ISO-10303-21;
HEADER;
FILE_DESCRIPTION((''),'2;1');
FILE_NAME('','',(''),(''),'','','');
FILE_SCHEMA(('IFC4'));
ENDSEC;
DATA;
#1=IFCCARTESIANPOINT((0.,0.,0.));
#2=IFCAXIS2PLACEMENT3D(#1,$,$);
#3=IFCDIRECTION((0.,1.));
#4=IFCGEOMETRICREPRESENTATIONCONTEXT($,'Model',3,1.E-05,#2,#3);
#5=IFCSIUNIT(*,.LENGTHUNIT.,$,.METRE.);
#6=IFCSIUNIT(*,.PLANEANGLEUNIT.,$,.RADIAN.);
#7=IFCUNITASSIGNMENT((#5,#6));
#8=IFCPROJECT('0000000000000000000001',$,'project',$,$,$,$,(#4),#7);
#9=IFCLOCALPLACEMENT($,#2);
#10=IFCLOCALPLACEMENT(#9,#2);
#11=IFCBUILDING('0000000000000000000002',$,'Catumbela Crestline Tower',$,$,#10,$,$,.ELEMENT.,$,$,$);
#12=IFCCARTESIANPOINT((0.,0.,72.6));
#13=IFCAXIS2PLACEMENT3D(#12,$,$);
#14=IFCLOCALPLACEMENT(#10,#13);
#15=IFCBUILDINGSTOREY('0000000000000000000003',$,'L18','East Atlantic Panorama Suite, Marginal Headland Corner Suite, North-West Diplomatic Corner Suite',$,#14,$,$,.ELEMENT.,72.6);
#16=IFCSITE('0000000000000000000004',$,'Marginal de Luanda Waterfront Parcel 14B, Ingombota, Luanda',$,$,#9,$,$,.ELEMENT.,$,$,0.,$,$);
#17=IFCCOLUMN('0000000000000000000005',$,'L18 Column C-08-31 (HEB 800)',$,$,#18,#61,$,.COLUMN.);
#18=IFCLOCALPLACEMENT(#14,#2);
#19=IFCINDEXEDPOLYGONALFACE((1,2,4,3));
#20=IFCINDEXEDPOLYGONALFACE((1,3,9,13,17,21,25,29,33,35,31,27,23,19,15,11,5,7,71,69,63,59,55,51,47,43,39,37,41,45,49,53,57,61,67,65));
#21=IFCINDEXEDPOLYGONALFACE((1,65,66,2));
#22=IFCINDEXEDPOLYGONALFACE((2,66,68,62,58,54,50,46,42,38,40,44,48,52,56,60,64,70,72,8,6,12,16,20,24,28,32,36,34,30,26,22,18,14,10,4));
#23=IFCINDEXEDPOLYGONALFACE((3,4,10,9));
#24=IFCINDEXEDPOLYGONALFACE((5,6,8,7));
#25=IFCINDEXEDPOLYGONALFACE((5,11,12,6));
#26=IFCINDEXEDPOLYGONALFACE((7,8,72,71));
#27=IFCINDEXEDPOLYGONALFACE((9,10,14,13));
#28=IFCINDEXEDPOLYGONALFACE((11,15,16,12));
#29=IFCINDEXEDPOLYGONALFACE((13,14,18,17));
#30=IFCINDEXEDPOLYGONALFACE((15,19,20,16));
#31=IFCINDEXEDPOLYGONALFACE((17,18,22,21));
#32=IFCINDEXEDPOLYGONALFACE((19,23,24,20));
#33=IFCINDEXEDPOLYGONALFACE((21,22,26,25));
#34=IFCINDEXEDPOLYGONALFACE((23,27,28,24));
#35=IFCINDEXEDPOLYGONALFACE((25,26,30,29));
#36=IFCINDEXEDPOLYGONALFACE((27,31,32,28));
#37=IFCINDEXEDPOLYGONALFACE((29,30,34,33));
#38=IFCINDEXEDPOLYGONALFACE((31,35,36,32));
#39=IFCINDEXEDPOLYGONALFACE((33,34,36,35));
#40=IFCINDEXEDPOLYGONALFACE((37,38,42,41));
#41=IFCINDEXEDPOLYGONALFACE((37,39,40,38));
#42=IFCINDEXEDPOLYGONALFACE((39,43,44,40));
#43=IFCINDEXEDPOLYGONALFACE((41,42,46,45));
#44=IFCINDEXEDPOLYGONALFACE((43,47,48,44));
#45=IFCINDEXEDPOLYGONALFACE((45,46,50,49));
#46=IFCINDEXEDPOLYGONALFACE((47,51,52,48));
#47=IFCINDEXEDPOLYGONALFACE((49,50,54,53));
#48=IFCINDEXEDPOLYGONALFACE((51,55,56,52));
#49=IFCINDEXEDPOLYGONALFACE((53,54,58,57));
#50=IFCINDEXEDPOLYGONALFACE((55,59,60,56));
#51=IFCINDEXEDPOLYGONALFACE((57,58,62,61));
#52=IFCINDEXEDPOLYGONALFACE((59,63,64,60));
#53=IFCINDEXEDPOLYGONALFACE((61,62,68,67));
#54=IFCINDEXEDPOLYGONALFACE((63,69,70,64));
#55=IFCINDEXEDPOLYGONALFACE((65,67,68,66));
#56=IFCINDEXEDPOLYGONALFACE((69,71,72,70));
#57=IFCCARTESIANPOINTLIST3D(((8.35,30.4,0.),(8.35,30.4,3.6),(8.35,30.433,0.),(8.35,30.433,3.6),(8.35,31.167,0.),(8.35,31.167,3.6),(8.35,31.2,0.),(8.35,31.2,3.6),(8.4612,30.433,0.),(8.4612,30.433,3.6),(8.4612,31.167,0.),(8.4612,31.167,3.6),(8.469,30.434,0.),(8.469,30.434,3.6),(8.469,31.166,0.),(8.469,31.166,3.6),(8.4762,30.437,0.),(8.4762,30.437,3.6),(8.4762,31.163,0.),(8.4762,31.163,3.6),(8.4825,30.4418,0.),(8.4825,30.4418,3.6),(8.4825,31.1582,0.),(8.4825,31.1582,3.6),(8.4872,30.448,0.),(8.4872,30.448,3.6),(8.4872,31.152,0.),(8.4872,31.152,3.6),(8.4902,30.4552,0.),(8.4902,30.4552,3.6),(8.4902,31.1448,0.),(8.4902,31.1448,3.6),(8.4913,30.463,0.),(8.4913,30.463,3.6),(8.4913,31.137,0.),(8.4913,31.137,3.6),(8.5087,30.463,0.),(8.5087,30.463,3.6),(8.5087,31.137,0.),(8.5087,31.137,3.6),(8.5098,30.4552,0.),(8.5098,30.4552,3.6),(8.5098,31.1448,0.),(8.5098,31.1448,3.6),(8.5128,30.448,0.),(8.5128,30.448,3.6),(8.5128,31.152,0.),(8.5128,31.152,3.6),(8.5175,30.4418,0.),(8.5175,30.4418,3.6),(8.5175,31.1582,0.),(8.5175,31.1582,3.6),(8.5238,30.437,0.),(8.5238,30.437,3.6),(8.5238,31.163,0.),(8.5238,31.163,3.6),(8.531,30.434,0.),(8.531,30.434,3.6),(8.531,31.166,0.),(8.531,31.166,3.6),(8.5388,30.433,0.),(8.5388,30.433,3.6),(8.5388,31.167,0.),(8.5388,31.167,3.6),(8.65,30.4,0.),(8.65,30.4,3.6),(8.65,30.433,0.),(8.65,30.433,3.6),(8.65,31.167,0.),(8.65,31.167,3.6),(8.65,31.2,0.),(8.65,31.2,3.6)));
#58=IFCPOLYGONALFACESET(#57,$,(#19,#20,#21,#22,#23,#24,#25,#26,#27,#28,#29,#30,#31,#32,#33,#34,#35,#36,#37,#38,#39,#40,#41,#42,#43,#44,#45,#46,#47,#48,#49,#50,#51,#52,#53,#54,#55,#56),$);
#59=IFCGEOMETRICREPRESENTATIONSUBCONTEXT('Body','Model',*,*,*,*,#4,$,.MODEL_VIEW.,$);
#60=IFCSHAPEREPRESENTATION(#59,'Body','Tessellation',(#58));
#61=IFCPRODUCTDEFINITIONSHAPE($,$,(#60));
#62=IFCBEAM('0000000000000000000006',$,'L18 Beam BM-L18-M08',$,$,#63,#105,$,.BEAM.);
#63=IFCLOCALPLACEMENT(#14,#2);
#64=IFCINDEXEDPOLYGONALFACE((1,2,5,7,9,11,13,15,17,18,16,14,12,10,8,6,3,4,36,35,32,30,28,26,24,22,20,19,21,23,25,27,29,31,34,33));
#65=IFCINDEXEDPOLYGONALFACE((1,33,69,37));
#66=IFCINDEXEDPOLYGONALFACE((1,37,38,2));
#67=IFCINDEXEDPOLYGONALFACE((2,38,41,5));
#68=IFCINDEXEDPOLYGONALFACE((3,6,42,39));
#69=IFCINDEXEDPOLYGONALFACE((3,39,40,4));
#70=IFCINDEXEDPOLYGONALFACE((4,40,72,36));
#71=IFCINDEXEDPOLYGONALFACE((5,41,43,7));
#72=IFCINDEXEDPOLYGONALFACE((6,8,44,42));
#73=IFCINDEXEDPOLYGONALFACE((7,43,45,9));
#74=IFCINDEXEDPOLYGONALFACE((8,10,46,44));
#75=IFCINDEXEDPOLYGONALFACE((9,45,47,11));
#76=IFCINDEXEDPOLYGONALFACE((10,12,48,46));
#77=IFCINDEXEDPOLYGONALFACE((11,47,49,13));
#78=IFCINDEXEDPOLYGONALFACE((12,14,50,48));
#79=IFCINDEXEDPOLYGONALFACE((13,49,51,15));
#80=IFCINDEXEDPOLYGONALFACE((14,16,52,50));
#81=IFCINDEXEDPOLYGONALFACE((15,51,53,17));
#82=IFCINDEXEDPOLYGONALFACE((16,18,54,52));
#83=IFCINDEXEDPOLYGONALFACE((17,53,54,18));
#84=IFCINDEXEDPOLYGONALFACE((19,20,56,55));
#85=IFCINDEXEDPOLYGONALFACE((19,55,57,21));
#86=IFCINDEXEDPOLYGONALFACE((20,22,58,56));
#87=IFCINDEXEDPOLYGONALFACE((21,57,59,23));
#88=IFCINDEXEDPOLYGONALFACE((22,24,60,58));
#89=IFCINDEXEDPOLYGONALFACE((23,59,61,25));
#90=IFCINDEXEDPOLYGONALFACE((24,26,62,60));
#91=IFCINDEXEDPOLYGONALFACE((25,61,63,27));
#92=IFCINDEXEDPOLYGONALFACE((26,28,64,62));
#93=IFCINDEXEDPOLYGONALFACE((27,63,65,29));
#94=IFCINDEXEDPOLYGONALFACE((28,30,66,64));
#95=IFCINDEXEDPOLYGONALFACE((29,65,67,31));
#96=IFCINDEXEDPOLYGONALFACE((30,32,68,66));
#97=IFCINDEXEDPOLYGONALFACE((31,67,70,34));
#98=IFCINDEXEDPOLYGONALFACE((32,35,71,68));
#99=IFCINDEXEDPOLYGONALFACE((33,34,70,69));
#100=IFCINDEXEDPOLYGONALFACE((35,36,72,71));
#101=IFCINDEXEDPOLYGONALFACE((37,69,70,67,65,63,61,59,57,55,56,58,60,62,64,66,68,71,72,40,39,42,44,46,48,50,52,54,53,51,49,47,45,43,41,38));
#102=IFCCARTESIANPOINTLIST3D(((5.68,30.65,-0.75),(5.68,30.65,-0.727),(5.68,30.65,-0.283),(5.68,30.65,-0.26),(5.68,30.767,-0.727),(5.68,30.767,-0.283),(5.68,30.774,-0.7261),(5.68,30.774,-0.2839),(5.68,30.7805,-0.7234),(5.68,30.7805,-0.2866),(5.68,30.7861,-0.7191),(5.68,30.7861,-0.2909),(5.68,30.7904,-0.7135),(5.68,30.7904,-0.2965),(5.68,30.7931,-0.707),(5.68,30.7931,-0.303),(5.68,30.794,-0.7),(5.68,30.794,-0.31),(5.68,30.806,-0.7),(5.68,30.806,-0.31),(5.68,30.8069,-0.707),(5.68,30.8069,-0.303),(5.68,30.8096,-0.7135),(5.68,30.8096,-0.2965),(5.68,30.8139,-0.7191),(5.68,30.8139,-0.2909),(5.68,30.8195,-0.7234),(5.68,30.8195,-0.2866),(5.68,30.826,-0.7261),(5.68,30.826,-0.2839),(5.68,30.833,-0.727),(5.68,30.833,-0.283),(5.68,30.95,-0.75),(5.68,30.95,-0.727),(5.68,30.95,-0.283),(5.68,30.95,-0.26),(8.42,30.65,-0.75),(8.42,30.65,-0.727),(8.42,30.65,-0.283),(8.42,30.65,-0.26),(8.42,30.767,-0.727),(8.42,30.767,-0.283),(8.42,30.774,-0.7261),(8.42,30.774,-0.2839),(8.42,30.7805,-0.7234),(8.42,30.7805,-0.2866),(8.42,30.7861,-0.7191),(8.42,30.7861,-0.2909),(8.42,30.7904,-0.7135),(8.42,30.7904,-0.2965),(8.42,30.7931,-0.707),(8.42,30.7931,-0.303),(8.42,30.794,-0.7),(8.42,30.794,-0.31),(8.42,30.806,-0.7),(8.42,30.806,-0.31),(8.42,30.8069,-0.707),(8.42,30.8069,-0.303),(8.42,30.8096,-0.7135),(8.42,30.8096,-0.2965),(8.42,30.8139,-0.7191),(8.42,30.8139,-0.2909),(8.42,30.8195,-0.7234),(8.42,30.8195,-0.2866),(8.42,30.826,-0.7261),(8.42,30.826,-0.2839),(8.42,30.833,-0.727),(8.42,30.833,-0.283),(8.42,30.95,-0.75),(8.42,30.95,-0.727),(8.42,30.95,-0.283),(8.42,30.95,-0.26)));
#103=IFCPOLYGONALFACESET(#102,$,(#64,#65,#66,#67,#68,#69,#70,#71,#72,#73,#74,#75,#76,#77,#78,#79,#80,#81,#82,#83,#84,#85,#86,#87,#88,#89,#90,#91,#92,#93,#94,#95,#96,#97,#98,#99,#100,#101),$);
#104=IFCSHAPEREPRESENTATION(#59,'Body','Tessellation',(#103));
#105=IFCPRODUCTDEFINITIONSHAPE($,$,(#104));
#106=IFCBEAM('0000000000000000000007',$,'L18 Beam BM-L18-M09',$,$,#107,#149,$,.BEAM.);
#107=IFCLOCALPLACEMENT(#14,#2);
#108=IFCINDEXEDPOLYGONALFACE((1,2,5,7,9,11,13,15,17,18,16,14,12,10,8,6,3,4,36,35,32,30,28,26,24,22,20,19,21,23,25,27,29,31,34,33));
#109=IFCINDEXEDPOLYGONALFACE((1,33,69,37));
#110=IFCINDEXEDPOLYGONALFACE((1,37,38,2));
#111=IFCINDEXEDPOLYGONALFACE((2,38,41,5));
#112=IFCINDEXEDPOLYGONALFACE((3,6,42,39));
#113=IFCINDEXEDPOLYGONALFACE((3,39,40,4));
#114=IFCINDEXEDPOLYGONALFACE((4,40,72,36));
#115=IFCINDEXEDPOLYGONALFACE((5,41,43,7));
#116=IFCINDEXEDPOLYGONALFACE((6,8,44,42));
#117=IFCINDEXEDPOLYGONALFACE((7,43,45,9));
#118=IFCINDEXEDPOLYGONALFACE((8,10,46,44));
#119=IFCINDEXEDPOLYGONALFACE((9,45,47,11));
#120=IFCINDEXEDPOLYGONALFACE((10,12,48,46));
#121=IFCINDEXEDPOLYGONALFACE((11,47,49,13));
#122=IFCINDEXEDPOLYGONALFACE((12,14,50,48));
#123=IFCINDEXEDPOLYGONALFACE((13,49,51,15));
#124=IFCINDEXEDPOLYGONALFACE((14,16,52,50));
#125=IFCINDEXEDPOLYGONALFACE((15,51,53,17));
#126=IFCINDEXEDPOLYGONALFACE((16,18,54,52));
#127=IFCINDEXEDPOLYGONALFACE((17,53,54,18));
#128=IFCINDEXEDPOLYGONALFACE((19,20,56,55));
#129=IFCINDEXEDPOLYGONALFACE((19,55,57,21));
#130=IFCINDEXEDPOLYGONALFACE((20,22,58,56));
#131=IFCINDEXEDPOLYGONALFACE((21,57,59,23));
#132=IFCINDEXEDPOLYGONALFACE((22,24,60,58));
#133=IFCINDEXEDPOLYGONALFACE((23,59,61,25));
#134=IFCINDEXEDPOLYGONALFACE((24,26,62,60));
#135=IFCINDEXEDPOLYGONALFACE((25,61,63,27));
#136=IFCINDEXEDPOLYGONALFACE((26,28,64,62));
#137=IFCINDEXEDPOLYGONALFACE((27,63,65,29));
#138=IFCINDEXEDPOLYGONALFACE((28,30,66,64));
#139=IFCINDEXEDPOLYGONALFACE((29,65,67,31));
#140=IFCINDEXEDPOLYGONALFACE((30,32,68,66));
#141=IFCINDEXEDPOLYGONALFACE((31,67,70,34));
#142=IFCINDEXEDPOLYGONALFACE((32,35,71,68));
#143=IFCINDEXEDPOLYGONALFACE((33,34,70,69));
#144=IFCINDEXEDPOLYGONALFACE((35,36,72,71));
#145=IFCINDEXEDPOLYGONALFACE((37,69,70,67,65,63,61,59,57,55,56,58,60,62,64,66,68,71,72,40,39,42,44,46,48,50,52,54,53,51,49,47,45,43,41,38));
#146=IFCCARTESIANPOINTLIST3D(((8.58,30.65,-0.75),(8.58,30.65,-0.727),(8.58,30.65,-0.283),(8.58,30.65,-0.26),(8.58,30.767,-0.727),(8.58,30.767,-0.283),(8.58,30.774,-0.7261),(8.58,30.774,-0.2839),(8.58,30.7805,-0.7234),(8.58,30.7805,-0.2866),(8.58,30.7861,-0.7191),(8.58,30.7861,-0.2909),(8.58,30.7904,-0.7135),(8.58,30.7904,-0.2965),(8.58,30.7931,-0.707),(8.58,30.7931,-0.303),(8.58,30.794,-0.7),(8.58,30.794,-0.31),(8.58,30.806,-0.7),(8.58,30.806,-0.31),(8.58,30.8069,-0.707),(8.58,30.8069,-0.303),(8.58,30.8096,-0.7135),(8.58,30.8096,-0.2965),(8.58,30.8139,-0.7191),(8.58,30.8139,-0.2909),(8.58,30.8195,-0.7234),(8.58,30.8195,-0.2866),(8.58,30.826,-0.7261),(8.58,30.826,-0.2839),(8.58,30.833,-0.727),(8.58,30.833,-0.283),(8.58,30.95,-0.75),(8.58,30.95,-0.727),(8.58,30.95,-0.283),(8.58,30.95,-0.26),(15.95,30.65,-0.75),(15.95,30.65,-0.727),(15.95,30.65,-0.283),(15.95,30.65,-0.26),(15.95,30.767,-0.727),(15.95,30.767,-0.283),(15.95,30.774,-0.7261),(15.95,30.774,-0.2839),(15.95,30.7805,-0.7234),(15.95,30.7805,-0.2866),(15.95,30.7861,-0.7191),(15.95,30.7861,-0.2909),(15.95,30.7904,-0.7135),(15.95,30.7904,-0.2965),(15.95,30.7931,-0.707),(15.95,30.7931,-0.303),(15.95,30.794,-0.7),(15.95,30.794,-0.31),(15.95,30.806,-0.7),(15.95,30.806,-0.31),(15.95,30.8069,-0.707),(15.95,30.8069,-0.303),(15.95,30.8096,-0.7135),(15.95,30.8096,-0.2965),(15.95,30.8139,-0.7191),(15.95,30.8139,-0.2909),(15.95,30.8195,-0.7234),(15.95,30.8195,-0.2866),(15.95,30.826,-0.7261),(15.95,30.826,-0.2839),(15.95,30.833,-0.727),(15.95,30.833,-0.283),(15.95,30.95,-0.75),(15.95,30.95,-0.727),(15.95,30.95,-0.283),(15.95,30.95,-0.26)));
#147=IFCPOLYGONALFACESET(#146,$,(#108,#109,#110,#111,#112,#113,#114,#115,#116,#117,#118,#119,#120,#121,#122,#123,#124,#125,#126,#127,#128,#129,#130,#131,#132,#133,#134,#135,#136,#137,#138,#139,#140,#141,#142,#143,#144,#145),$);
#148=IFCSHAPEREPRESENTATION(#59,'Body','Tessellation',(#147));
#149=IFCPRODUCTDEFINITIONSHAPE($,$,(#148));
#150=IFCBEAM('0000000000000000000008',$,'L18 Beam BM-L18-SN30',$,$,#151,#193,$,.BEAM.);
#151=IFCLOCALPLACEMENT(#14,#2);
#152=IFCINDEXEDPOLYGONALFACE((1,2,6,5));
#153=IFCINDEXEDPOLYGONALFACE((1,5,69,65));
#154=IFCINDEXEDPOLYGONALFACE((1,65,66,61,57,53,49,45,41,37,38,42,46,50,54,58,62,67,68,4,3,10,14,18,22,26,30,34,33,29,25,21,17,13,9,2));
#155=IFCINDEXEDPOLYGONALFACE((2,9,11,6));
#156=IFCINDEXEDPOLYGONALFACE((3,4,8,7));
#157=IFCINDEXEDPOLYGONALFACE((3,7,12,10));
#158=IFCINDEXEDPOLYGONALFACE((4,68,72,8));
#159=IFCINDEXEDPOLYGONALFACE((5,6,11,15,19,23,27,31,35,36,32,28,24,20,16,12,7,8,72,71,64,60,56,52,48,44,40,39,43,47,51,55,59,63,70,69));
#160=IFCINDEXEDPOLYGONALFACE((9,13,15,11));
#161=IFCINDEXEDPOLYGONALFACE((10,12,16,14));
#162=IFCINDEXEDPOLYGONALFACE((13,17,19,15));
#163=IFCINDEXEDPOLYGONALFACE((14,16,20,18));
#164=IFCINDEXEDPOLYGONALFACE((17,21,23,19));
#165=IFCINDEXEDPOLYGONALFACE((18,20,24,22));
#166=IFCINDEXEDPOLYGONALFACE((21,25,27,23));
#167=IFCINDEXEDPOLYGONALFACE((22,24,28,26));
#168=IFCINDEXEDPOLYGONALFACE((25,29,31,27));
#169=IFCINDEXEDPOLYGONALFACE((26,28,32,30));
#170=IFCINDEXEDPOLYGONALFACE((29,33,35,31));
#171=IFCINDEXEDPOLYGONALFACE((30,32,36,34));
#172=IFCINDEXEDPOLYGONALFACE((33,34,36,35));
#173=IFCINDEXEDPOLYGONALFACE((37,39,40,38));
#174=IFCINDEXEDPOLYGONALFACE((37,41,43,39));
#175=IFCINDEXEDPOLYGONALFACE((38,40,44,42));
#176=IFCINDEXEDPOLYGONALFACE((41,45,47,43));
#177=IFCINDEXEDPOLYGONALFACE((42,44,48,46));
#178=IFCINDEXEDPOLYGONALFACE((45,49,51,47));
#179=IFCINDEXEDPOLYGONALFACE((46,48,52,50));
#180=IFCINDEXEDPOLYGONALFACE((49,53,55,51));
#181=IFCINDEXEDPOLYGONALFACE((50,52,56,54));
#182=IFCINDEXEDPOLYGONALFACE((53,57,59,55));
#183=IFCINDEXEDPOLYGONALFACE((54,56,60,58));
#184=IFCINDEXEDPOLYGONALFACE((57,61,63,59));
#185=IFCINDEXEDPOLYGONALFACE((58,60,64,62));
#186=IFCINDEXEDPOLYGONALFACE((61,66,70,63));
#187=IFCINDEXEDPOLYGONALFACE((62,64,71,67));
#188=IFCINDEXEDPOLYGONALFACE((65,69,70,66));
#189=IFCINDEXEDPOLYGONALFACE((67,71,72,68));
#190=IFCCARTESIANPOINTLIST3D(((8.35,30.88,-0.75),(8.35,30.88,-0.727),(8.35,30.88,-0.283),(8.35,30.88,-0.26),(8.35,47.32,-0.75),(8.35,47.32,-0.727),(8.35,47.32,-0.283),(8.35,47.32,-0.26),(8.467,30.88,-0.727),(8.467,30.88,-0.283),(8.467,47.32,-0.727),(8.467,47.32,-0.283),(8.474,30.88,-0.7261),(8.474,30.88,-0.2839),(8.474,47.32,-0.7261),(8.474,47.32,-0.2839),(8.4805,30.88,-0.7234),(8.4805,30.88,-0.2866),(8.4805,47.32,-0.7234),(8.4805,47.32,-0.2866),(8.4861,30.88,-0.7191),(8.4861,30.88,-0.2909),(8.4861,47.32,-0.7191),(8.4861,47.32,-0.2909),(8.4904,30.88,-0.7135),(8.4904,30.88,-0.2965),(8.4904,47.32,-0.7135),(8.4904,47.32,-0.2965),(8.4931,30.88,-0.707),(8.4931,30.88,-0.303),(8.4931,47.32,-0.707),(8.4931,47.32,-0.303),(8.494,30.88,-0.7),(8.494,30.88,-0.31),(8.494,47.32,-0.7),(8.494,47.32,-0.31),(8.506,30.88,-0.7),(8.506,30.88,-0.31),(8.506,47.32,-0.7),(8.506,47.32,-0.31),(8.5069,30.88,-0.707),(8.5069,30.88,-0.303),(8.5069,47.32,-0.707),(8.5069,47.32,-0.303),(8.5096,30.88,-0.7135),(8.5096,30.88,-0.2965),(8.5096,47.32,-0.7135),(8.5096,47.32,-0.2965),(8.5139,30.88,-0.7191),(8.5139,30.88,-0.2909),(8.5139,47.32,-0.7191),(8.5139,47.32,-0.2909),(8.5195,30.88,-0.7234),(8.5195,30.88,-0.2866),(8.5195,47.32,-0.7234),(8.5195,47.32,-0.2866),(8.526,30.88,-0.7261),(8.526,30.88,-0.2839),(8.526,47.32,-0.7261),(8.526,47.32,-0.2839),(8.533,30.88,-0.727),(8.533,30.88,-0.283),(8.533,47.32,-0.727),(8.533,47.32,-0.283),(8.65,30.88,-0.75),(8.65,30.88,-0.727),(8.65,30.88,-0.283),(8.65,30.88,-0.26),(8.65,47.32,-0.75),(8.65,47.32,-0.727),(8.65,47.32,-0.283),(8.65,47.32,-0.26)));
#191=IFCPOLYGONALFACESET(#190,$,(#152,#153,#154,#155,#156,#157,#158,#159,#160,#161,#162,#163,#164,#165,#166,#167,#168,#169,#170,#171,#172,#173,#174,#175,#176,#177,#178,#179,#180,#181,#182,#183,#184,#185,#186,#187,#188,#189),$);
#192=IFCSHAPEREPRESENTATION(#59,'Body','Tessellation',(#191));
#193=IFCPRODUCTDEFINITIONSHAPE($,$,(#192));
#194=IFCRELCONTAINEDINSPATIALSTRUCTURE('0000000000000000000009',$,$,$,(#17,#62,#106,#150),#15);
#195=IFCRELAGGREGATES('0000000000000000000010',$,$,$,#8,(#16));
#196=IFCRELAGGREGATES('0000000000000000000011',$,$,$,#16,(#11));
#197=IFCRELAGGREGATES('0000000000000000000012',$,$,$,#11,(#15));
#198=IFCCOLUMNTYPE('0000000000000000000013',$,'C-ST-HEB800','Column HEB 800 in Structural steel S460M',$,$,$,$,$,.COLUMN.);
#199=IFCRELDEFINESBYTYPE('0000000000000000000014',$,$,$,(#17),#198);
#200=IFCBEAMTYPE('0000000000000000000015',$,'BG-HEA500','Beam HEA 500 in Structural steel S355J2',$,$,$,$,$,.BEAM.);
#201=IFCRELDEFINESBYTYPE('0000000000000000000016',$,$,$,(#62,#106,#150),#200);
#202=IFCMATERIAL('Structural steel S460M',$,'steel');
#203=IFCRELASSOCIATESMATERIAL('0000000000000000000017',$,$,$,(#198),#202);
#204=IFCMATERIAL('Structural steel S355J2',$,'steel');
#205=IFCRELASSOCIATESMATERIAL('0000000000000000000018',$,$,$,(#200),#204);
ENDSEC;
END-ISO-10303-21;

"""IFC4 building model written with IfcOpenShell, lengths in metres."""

from ifc_helpers import new_model, si_unit, direction, frame, origin, origin_2d, place, context, subcontext, project, spatial, i_section, extrude, material, material_profile, profile_set, type_object, element, save


model = new_model("IFC4")

# Units and contexts
model_context = context("Model", 3, precision=1e-05, world=origin(), true_north=direction((0.0, 1.0)))
body_context = subcontext(model_context, "Body", "Model", "MODEL_VIEW")
ifc_project = project(units=[si_unit("LENGTHUNIT", "METRE"), si_unit("PLANEANGLEUNIT", "RADIAN")], contexts=[model_context])

# Site, building, storey
site_placement = place(None, origin())
site = spatial("IfcSite", under=ifc_project, at=site_placement, Name="Marginal de Luanda Waterfront Parcel 14B, Ingombota, Luanda", CompositionType="ELEMENT", RefElevation=0.0)
building_placement = place(site_placement, origin())
building = spatial("IfcBuilding", under=site, at=building_placement, Name="Catumbela Crestline Tower", CompositionType="ELEMENT")
storey_placement = place(building_placement, frame((0.0, 0.0, 72.6)))
storey = spatial("IfcBuildingStorey", under=building, at=storey_placement, Name="L18", Description="East Atlantic Panorama Suite, Marginal Headland Corner Suite, North-West Diplomatic Corner Suite", CompositionType="ELEMENT", Elevation=72.6)

# Column
ifc_material_1 = material(Name="Structural steel S460M", Category="steel")
ifc_material_profile_1 = material_profile(ifc_material_1, i_section(OverallWidth=0.3, OverallDepth=0.8, WebThickness=0.0175, FlangeThickness=0.033, FilletRadius=0.03, at=origin_2d()), Name="HEB 800")
ifc_profile_set_1 = profile_set([ifc_material_profile_1], Name="Structural steel S460M")
column_type = type_object("IfcColumnType", Name="C-ST-HEB800", Description="Column HEB 800 in Structural steel S460M", PredefinedType="COLUMN", material=ifc_profile_set_1)
column_placement = place(storey_placement, frame((8.5, 30.8, 0.0), z_axis=(0.0, 0.0, 1.0), x_axis=(1.0, 0.0, 0.0)))
element("IfcColumn", 1, at=column_placement, inside=storey, type_object=column_type, Name="L18 Column C-08-31 (HEB 800)", PredefinedType="COLUMN", context=body_context, shape_type="SweptSolid", body=[
    extrude(i_section(OverallWidth=0.3, OverallDepth=0.8, WebThickness=0.0175, FlangeThickness=0.033, FilletRadius=0.03, at=origin_2d()), origin(), (0.0, 0.0, 1.0), 3.6),
])

# Beams
ifc_material_2 = material(Name="Structural steel S355J2", Category="steel")
ifc_material_profile_2 = material_profile(ifc_material_2, i_section(OverallWidth=0.3, OverallDepth=0.49, WebThickness=0.012, FlangeThickness=0.023, FilletRadius=0.027, at=origin_2d()), Name="HEA 500")
ifc_profile_set_2 = profile_set([ifc_material_profile_2], Name="Structural steel S355J2")
beam_type = type_object("IfcBeamType", Name="BG-HEA500", Description="Beam HEA 500 in Structural steel S355J2", PredefinedType="BEAM", material=ifc_profile_set_2)
beam_1_placement = place(storey_placement, frame((5.68, 30.8, -0.505), z_axis=(1.0, 0.0, 0.0), x_axis=(0.0, 1.0, 0.0)))
element("IfcBeam", 2, at=beam_1_placement, inside=storey, type_object=beam_type, Name="L18 Beam BM-L18-M08", PredefinedType="BEAM", context=body_context, shape_type="SweptSolid", body=[
    extrude(i_section(OverallWidth=0.3, OverallDepth=0.49, WebThickness=0.012, FlangeThickness=0.023, FilletRadius=0.027, at=origin_2d()), origin(), (0.0, 0.0, 1.0), 2.74),
])
beam_2_placement = place(storey_placement, frame((8.58, 30.8, -0.505), z_axis=(1.0, 0.0, 0.0), x_axis=(0.0, 1.0, 0.0)))
element("IfcBeam", 3, at=beam_2_placement, inside=storey, type_object=beam_type, Name="L18 Beam BM-L18-M09", PredefinedType="BEAM", context=body_context, shape_type="SweptSolid", body=[
    extrude(i_section(OverallWidth=0.3, OverallDepth=0.49, WebThickness=0.012, FlangeThickness=0.023, FilletRadius=0.027, at=origin_2d()), origin(), (0.0, 0.0, 1.0), 7.37),
])
beam_3_placement = place(storey_placement, frame((8.5, 30.88, -0.505), z_axis=(0.0, 1.0, 0.0), x_axis=(-1.0, 0.0, 0.0)))
element("IfcBeam", 4, at=beam_3_placement, inside=storey, type_object=beam_type, Name="L18 Beam BM-L18-SN30", PredefinedType="BEAM", context=body_context, shape_type="SweptSolid", body=[
    extrude(i_section(OverallWidth=0.3, OverallDepth=0.49, WebThickness=0.012, FlangeThickness=0.023, FilletRadius=0.027, at=origin_2d()), origin(), (0.0, 0.0, 1.0), 16.44),
])

save(model, "model.ifc")
